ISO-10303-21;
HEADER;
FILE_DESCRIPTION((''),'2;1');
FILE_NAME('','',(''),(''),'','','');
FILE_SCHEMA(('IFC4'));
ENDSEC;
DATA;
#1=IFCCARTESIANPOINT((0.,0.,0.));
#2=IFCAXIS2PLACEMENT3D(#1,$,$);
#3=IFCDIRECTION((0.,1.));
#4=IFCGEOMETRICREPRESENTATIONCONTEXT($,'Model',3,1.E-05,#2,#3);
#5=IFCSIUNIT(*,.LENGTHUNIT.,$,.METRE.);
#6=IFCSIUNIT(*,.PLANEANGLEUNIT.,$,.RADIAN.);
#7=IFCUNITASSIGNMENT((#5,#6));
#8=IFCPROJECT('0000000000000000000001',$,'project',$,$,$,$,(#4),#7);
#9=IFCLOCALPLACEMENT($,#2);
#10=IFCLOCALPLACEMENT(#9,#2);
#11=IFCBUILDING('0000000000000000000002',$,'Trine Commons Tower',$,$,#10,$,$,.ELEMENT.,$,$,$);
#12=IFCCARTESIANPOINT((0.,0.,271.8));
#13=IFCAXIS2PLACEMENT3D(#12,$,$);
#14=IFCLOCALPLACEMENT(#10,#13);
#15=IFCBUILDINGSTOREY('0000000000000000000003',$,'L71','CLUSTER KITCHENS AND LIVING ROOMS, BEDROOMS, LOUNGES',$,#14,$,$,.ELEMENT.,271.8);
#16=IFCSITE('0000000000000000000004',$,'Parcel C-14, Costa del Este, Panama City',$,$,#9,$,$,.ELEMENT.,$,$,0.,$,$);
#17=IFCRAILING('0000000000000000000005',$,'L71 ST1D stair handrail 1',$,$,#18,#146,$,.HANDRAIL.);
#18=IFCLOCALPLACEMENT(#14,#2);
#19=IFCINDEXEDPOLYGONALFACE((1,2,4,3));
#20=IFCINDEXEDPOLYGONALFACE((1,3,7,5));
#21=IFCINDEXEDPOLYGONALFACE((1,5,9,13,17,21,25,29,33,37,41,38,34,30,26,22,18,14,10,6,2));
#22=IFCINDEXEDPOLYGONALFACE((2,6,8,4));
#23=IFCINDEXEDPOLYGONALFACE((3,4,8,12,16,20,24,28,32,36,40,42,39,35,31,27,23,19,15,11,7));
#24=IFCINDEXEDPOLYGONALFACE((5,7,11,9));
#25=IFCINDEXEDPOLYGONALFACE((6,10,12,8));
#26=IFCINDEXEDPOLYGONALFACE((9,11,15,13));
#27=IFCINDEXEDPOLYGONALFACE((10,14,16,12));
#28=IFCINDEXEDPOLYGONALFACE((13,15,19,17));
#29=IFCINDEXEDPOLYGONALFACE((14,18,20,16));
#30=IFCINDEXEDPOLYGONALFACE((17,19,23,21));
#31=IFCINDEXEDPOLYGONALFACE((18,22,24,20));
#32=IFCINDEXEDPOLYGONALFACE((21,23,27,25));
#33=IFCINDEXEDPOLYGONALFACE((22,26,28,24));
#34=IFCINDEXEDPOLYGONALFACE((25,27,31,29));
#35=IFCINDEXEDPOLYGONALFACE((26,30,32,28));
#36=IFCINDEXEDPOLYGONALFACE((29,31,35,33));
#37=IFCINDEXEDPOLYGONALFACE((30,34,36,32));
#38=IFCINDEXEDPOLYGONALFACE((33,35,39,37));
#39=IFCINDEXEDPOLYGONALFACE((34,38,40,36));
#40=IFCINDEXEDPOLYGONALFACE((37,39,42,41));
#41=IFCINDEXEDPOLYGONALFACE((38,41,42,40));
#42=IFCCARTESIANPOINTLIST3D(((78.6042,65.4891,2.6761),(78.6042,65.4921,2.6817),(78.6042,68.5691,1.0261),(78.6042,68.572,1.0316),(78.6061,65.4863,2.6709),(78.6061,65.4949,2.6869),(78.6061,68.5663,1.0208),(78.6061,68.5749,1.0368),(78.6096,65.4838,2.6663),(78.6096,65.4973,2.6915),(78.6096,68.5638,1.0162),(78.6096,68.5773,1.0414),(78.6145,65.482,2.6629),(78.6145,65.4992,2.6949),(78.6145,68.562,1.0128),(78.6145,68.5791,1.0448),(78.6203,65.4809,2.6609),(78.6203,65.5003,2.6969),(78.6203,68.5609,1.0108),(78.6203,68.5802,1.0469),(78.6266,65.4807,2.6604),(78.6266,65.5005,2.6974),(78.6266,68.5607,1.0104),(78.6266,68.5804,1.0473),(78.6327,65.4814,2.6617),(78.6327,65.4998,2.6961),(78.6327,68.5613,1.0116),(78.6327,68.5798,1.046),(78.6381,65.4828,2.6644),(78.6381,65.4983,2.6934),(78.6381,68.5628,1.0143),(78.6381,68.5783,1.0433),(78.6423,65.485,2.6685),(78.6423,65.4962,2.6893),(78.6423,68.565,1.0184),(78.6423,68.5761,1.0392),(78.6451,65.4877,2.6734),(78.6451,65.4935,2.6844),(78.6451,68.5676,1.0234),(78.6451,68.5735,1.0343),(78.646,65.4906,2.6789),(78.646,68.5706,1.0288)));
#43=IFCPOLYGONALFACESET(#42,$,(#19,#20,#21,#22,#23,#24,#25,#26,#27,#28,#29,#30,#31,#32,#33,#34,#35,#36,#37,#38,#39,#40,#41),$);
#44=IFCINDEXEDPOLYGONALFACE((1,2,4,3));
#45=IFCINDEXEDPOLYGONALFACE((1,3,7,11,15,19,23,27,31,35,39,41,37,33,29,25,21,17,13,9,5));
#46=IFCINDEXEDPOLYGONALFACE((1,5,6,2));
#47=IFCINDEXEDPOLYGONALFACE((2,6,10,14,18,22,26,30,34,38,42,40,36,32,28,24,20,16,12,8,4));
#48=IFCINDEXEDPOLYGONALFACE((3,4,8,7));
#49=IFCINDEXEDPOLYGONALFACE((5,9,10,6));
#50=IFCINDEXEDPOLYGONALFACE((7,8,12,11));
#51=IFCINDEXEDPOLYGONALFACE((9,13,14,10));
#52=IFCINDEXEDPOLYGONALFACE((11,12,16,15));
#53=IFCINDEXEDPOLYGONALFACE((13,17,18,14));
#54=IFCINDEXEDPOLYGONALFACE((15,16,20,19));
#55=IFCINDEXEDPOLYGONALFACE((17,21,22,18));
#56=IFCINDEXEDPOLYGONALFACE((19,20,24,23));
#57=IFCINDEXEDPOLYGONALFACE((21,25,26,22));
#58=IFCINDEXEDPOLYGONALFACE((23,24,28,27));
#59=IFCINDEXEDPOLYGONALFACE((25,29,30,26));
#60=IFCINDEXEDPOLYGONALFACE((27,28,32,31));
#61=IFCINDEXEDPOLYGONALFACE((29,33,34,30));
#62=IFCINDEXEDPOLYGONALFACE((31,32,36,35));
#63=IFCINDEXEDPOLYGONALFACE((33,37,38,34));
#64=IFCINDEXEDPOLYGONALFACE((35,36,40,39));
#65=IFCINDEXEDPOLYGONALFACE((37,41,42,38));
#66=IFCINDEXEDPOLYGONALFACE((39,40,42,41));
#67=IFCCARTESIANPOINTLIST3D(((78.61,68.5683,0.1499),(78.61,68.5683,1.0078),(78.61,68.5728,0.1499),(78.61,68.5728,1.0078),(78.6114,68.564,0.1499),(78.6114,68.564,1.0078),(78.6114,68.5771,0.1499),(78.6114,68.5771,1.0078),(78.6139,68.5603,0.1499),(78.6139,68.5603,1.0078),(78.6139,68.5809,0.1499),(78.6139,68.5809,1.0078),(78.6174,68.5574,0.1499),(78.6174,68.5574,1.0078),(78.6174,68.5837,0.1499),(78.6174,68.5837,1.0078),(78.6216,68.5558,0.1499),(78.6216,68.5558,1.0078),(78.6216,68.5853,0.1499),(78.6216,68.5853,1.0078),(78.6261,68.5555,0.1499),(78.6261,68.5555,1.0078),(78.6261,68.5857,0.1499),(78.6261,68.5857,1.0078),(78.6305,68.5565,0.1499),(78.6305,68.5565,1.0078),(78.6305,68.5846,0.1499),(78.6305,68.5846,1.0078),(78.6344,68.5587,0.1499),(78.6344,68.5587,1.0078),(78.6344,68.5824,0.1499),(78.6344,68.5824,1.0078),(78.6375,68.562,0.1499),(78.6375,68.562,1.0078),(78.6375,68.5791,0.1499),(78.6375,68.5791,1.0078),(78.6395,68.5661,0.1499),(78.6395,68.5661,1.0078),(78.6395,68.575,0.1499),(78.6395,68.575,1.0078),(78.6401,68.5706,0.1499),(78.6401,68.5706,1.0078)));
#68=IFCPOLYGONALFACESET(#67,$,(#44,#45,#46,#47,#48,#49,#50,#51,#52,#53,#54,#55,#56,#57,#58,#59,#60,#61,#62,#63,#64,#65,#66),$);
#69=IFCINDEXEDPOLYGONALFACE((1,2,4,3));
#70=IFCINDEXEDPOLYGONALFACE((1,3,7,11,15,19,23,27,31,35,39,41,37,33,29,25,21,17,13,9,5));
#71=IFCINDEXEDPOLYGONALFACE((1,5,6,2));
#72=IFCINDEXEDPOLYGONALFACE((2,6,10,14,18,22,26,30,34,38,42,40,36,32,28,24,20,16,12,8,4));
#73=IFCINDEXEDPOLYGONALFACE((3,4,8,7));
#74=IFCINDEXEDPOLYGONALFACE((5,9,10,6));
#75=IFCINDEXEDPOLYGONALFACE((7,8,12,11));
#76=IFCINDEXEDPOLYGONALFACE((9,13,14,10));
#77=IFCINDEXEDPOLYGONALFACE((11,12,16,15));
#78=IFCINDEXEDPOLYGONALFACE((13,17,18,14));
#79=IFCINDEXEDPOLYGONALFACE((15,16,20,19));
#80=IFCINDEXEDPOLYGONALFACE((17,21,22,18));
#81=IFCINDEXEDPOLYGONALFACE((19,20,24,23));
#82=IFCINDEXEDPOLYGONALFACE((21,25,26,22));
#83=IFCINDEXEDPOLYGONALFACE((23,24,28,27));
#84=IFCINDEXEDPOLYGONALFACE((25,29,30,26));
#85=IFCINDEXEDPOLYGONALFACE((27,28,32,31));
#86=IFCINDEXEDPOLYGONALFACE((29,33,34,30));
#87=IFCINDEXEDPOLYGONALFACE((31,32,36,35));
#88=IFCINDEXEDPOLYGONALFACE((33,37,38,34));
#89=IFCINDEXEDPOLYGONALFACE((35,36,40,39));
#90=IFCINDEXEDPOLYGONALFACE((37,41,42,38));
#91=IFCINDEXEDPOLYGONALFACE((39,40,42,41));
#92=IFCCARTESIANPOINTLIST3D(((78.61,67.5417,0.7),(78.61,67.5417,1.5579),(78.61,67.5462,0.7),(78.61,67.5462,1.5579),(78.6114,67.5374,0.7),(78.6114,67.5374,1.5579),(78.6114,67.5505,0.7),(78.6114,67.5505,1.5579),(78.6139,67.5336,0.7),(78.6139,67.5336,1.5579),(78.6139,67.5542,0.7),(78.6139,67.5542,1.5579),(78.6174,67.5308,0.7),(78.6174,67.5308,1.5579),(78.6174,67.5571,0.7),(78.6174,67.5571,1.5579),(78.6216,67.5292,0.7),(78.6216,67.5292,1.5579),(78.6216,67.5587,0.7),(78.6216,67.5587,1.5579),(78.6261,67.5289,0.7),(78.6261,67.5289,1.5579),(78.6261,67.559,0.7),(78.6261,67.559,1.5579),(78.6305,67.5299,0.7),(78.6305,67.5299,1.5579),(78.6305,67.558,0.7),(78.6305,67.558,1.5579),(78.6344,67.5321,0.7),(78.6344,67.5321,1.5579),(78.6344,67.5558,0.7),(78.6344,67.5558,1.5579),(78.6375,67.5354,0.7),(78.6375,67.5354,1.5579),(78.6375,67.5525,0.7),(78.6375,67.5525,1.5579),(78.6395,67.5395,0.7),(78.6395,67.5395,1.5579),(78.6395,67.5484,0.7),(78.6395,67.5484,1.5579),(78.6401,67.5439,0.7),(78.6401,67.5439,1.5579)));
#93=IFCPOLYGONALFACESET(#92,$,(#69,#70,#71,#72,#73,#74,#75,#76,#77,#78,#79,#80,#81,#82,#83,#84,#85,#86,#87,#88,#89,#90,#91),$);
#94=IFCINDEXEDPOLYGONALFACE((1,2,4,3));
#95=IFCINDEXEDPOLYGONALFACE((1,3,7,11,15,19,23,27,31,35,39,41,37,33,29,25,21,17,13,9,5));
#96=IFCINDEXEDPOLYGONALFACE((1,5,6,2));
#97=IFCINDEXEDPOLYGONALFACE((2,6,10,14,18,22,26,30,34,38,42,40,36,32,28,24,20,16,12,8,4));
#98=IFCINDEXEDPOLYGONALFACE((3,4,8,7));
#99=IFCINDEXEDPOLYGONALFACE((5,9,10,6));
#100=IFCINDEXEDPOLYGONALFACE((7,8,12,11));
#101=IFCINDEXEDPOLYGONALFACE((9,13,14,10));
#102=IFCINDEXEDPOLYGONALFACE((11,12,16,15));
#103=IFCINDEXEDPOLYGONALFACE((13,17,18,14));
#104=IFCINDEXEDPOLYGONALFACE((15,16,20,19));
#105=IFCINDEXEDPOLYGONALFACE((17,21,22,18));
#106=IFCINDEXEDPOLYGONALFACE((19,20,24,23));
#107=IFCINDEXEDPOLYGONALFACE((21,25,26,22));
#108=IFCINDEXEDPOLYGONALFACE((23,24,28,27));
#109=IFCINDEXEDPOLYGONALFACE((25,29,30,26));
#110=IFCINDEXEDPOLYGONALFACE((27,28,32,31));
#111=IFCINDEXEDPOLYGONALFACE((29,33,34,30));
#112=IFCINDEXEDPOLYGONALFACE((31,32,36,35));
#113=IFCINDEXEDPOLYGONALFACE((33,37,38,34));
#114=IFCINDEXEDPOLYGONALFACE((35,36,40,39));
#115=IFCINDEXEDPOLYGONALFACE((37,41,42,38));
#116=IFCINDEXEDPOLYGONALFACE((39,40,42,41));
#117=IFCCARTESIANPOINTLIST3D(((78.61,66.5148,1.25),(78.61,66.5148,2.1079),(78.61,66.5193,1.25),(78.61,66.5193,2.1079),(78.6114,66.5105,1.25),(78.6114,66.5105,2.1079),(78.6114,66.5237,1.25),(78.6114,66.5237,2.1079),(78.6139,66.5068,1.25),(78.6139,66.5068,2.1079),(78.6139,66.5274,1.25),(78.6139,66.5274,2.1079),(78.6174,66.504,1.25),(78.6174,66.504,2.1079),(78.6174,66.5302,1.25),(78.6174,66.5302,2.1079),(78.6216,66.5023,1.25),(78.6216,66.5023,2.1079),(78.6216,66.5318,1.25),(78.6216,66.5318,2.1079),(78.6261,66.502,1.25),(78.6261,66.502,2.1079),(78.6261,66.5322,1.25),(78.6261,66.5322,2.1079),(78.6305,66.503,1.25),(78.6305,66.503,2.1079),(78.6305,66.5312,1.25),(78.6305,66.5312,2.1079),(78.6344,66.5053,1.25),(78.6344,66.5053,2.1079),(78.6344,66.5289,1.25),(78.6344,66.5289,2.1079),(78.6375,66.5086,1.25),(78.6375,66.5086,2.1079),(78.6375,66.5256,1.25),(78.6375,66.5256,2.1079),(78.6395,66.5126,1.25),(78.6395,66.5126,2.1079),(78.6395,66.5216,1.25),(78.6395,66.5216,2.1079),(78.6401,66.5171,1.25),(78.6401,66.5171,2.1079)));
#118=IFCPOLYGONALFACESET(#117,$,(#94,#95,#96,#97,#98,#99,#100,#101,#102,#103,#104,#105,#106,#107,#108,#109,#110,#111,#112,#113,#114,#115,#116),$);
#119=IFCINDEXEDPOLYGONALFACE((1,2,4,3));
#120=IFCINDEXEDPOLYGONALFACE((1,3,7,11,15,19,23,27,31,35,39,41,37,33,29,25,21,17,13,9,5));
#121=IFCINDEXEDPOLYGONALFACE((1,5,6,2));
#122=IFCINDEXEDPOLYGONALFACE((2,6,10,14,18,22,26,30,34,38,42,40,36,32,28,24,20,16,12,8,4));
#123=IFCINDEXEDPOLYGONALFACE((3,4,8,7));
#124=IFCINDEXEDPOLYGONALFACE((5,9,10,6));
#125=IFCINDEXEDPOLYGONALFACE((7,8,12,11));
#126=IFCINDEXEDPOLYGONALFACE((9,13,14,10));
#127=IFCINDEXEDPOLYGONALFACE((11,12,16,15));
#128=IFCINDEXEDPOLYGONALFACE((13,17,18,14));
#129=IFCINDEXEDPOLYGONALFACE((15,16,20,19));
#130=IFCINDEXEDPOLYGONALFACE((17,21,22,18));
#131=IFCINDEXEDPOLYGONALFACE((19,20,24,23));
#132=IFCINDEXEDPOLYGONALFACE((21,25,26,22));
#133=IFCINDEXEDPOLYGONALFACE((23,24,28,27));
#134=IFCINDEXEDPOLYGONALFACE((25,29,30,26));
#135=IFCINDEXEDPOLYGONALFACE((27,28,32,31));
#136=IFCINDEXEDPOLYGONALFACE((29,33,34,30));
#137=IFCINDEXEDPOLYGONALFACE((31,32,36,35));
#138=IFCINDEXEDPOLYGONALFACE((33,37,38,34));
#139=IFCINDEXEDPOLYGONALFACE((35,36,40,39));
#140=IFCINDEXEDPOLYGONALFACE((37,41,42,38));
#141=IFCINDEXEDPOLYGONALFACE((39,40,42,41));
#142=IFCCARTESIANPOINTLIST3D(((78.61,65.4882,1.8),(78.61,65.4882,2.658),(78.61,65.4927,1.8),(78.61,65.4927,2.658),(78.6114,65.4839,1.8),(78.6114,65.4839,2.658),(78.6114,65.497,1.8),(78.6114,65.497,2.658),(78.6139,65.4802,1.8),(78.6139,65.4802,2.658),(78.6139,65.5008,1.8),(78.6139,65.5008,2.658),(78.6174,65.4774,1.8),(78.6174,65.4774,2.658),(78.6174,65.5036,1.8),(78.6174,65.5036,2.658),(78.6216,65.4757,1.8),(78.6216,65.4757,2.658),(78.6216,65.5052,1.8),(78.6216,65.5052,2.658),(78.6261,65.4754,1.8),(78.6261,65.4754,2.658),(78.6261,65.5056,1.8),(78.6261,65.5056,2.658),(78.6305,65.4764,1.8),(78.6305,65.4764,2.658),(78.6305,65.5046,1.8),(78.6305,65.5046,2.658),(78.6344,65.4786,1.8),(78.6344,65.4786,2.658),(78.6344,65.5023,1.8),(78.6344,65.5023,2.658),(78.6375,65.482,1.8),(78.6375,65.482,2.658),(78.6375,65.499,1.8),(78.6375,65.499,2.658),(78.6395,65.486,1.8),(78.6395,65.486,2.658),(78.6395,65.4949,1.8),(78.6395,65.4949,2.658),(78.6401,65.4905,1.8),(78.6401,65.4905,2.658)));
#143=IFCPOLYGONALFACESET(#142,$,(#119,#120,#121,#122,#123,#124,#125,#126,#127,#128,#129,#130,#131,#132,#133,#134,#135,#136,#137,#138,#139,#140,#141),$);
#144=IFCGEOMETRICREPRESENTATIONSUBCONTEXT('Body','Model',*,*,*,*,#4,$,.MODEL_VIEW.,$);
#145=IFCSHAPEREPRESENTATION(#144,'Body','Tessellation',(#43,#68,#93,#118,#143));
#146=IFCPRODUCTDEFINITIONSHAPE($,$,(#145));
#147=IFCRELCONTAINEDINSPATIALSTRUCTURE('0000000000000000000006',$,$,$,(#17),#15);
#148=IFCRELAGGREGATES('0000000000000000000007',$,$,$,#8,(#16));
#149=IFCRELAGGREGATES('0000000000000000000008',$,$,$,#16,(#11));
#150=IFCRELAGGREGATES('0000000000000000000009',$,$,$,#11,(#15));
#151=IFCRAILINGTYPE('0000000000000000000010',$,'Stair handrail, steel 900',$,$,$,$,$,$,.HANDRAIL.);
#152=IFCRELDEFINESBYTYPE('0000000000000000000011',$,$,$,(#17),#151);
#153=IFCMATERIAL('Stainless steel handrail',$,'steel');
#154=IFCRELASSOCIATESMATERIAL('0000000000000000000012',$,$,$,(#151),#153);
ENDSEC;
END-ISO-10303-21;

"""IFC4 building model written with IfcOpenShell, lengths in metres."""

from ifc_helpers import new_model, si_unit, direction, frame, origin, origin_2d, place, context, subcontext, project, spatial, circle, extrude, material, type_object, element, save


model = new_model("IFC4")

# Units and contexts
model_context = context("Model", 3, precision=1e-05, world=origin(), true_north=direction((0.0, 1.0)))
body_context = subcontext(model_context, "Body", "Model", "MODEL_VIEW")
ifc_project = project(units=[si_unit("LENGTHUNIT", "METRE"), si_unit("PLANEANGLEUNIT", "RADIAN")], contexts=[model_context])

# Site, building, storey
site_placement = place(None, origin())
site = spatial("IfcSite", under=ifc_project, at=site_placement, Name="Parcel C-14, Costa del Este, Panama City", CompositionType="ELEMENT", RefElevation=0.0)
building_placement = place(site_placement, origin())
building = spatial("IfcBuilding", under=site, at=building_placement, Name="Trine Commons Tower", CompositionType="ELEMENT")
storey_placement = place(building_placement, frame((0.0, 0.0, 271.8)))
storey = spatial("IfcBuildingStorey", under=building, at=storey_placement, Name="L71", Description="CLUSTER KITCHENS AND LIVING ROOMS, BEDROOMS, LOUNGES", CompositionType="ELEMENT", Elevation=271.8)

# Railing
ifc_material_1 = material(Name="Stainless steel handrail", Category="steel")
railing_type_1 = type_object("IfcRailingType", Name="Stair handrail, steel 900", PredefinedType="HANDRAIL", material=ifc_material_1)
railing_1_placement = place(storey_placement, frame((78.625, 68.5706, 0.1499)))
element("IfcRailing", 1, at=railing_1_placement, inside=storey, type_object=railing_type_1, Name="L71 ST1D stair handrail 1", PredefinedType="HANDRAIL", context=body_context, shape_type="SweptSolid", body=[
    extrude(circle(Radius=0.021, at=origin_2d()), frame((0.0, 0.0, 0.8789), z_axis=(0.0, -0.881468, 0.472245), x_axis=(1.0, 0.0, 0.0)), (0.0, 0.0, 1.0), 3.4941),
    extrude(circle(Radius=0.0151, at=origin_2d()), origin(), (0.0, 0.0, 1.0), 0.8579),
    extrude(circle(Radius=0.0151, at=origin_2d()), frame((0.0, -1.0266, 0.55)), (0.0, 0.0, 1.0), 0.8579),
    extrude(circle(Radius=0.0151, at=origin_2d()), frame((0.0, -2.0535, 1.1001)), (0.0, 0.0, 1.0), 0.8579),
    extrude(circle(Radius=0.0151, at=origin_2d()), frame((0.0, -3.0801, 1.6501)), (0.0, 0.0, 1.0), 0.8579),
])

save(model, "model.ifc")
